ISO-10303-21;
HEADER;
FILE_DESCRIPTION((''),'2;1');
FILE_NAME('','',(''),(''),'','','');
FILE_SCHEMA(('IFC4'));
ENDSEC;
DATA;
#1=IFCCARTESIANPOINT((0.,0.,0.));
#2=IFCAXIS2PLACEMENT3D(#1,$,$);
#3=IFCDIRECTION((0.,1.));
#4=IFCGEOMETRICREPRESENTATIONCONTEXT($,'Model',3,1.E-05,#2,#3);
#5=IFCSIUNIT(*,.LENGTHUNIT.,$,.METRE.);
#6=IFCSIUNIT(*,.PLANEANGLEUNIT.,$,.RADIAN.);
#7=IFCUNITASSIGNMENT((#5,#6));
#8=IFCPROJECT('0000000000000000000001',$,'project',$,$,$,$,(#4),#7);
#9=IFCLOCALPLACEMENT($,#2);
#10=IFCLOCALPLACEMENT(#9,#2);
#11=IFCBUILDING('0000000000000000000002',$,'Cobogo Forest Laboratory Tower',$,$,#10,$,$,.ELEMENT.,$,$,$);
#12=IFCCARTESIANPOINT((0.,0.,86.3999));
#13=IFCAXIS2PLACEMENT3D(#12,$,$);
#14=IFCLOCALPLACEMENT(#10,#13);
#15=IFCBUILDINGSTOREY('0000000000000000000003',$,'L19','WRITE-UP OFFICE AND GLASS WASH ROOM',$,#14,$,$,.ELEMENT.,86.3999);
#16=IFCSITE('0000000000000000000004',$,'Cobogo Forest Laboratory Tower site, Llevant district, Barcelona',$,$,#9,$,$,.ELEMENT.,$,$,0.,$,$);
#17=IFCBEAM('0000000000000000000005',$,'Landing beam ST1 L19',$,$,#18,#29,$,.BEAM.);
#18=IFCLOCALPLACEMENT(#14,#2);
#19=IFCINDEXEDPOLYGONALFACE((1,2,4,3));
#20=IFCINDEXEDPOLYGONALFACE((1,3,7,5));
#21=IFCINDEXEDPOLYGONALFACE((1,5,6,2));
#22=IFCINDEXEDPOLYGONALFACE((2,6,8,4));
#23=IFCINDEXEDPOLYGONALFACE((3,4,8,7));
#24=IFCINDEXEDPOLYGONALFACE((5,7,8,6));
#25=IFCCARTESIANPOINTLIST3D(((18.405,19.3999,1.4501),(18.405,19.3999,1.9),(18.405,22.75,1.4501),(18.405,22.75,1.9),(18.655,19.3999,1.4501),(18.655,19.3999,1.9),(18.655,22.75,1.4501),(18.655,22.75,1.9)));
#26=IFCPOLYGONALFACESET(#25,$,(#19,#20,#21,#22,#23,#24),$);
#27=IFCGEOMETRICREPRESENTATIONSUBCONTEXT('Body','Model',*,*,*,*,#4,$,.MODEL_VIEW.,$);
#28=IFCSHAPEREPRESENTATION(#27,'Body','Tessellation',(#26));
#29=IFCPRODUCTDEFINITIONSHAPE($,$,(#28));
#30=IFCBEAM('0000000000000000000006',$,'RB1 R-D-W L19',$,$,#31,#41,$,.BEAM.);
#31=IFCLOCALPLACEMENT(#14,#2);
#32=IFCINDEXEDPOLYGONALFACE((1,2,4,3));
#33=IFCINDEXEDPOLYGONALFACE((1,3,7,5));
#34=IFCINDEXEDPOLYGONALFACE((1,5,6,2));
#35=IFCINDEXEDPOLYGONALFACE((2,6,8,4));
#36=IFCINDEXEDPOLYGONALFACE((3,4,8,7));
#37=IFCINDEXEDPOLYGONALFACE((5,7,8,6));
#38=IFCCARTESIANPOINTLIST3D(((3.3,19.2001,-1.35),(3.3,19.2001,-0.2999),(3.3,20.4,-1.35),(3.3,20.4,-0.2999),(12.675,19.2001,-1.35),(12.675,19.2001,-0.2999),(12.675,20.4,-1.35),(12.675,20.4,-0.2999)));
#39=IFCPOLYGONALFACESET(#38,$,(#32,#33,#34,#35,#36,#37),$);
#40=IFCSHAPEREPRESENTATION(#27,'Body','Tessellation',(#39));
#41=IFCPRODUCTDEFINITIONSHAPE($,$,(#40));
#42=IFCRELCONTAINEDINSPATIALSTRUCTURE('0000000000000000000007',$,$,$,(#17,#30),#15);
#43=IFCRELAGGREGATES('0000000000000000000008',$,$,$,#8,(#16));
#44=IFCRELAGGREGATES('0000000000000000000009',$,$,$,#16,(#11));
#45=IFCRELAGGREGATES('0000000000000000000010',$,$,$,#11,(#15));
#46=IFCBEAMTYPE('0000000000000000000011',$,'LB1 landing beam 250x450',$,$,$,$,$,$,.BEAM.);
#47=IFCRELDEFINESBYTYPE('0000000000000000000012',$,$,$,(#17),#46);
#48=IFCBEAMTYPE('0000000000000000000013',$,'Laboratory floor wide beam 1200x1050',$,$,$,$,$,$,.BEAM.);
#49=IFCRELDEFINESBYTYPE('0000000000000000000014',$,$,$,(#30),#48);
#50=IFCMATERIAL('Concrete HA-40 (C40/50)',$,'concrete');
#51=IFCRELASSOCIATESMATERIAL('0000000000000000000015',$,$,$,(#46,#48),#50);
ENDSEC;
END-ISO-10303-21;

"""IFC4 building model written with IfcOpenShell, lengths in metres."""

from ifc_helpers import new_model, si_unit, direction, frame, origin, origin_2d, place, context, subcontext, project, spatial, rectangle, extrude, material, material_profile, profile_set, type_object, element, save


model = new_model("IFC4")

# Units and contexts
model_context = context("Model", 3, precision=1e-05, world=origin(), true_north=direction((0.0, 1.0)))
body_context = subcontext(model_context, "Body", "Model", "MODEL_VIEW")
ifc_project = project(units=[si_unit("LENGTHUNIT", "METRE"), si_unit("PLANEANGLEUNIT", "RADIAN")], contexts=[model_context])

# Site, building, storey
site_placement = place(None, origin())
site = spatial("IfcSite", under=ifc_project, at=site_placement, Name="Cobogo Forest Laboratory Tower site, Llevant district, Barcelona", CompositionType="ELEMENT", RefElevation=0.0)
building_placement = place(site_placement, origin())
building = spatial("IfcBuilding", under=site, at=building_placement, Name="Cobogo Forest Laboratory Tower", CompositionType="ELEMENT")
storey_placement = place(building_placement, frame((0.0, 0.0, 86.3999)))
storey = spatial("IfcBuildingStorey", under=building, at=storey_placement, Name="L19", Description="WRITE-UP OFFICE AND GLASS WASH ROOM", CompositionType="ELEMENT", Elevation=86.3999)

# Beams
ifc_material_1 = material(Name="Concrete HA-40 (C40/50)", Category="concrete")
ifc_material_profile_1 = material_profile(ifc_material_1, rectangle(XDim=0.25, YDim=0.45, at=origin_2d()), Name="RC 250x450")
ifc_profile_set_1 = profile_set([ifc_material_profile_1], Name="Concrete HA-40 (C40/50)")
beam_type_1 = type_object("IfcBeamType", Name="LB1 landing beam 250x450", PredefinedType="BEAM", material=ifc_profile_set_1)
beam_1_placement = place(storey_placement, frame((18.53, 19.3999, 1.675), z_axis=(0.0, 1.0, 0.0), x_axis=(-1.0, 0.0, 0.0)))
element("IfcBeam", 1, at=beam_1_placement, inside=storey, type_object=beam_type_1, Name="Landing beam ST1 L19", PredefinedType="BEAM", context=body_context, shape_type="SweptSolid", body=[
    extrude(rectangle(XDim=0.25, YDim=0.45, at=origin_2d()), origin(), (0.0, 0.0, 1.0), 3.3501),
])
ifc_material_profile_2 = material_profile(ifc_material_1, rectangle(XDim=1.2, YDim=1.05, at=origin_2d()), Name="RC 1200x1050")
ifc_profile_set_2 = profile_set([ifc_material_profile_2], Name="Concrete HA-40 (C40/50)")
beam_type_2 = type_object("IfcBeamType", Name="Laboratory floor wide beam 1200x1050", PredefinedType="BEAM", material=ifc_profile_set_2)
beam_2_placement = place(storey_placement, frame((12.675, 19.8, -0.825), z_axis=(-1.0, 0.0, 0.0), x_axis=(0.0, -1.0, 0.0)))
element("IfcBeam", 2, at=beam_2_placement, inside=storey, type_object=beam_type_2, Name="RB1 R-D-W L19", PredefinedType="BEAM", context=body_context, shape_type="SweptSolid", body=[
    extrude(rectangle(XDim=1.2, YDim=1.05, at=origin_2d()), origin(), (0.0, 0.0, 1.0), 9.375),
])

save(model, "model.ifc")
